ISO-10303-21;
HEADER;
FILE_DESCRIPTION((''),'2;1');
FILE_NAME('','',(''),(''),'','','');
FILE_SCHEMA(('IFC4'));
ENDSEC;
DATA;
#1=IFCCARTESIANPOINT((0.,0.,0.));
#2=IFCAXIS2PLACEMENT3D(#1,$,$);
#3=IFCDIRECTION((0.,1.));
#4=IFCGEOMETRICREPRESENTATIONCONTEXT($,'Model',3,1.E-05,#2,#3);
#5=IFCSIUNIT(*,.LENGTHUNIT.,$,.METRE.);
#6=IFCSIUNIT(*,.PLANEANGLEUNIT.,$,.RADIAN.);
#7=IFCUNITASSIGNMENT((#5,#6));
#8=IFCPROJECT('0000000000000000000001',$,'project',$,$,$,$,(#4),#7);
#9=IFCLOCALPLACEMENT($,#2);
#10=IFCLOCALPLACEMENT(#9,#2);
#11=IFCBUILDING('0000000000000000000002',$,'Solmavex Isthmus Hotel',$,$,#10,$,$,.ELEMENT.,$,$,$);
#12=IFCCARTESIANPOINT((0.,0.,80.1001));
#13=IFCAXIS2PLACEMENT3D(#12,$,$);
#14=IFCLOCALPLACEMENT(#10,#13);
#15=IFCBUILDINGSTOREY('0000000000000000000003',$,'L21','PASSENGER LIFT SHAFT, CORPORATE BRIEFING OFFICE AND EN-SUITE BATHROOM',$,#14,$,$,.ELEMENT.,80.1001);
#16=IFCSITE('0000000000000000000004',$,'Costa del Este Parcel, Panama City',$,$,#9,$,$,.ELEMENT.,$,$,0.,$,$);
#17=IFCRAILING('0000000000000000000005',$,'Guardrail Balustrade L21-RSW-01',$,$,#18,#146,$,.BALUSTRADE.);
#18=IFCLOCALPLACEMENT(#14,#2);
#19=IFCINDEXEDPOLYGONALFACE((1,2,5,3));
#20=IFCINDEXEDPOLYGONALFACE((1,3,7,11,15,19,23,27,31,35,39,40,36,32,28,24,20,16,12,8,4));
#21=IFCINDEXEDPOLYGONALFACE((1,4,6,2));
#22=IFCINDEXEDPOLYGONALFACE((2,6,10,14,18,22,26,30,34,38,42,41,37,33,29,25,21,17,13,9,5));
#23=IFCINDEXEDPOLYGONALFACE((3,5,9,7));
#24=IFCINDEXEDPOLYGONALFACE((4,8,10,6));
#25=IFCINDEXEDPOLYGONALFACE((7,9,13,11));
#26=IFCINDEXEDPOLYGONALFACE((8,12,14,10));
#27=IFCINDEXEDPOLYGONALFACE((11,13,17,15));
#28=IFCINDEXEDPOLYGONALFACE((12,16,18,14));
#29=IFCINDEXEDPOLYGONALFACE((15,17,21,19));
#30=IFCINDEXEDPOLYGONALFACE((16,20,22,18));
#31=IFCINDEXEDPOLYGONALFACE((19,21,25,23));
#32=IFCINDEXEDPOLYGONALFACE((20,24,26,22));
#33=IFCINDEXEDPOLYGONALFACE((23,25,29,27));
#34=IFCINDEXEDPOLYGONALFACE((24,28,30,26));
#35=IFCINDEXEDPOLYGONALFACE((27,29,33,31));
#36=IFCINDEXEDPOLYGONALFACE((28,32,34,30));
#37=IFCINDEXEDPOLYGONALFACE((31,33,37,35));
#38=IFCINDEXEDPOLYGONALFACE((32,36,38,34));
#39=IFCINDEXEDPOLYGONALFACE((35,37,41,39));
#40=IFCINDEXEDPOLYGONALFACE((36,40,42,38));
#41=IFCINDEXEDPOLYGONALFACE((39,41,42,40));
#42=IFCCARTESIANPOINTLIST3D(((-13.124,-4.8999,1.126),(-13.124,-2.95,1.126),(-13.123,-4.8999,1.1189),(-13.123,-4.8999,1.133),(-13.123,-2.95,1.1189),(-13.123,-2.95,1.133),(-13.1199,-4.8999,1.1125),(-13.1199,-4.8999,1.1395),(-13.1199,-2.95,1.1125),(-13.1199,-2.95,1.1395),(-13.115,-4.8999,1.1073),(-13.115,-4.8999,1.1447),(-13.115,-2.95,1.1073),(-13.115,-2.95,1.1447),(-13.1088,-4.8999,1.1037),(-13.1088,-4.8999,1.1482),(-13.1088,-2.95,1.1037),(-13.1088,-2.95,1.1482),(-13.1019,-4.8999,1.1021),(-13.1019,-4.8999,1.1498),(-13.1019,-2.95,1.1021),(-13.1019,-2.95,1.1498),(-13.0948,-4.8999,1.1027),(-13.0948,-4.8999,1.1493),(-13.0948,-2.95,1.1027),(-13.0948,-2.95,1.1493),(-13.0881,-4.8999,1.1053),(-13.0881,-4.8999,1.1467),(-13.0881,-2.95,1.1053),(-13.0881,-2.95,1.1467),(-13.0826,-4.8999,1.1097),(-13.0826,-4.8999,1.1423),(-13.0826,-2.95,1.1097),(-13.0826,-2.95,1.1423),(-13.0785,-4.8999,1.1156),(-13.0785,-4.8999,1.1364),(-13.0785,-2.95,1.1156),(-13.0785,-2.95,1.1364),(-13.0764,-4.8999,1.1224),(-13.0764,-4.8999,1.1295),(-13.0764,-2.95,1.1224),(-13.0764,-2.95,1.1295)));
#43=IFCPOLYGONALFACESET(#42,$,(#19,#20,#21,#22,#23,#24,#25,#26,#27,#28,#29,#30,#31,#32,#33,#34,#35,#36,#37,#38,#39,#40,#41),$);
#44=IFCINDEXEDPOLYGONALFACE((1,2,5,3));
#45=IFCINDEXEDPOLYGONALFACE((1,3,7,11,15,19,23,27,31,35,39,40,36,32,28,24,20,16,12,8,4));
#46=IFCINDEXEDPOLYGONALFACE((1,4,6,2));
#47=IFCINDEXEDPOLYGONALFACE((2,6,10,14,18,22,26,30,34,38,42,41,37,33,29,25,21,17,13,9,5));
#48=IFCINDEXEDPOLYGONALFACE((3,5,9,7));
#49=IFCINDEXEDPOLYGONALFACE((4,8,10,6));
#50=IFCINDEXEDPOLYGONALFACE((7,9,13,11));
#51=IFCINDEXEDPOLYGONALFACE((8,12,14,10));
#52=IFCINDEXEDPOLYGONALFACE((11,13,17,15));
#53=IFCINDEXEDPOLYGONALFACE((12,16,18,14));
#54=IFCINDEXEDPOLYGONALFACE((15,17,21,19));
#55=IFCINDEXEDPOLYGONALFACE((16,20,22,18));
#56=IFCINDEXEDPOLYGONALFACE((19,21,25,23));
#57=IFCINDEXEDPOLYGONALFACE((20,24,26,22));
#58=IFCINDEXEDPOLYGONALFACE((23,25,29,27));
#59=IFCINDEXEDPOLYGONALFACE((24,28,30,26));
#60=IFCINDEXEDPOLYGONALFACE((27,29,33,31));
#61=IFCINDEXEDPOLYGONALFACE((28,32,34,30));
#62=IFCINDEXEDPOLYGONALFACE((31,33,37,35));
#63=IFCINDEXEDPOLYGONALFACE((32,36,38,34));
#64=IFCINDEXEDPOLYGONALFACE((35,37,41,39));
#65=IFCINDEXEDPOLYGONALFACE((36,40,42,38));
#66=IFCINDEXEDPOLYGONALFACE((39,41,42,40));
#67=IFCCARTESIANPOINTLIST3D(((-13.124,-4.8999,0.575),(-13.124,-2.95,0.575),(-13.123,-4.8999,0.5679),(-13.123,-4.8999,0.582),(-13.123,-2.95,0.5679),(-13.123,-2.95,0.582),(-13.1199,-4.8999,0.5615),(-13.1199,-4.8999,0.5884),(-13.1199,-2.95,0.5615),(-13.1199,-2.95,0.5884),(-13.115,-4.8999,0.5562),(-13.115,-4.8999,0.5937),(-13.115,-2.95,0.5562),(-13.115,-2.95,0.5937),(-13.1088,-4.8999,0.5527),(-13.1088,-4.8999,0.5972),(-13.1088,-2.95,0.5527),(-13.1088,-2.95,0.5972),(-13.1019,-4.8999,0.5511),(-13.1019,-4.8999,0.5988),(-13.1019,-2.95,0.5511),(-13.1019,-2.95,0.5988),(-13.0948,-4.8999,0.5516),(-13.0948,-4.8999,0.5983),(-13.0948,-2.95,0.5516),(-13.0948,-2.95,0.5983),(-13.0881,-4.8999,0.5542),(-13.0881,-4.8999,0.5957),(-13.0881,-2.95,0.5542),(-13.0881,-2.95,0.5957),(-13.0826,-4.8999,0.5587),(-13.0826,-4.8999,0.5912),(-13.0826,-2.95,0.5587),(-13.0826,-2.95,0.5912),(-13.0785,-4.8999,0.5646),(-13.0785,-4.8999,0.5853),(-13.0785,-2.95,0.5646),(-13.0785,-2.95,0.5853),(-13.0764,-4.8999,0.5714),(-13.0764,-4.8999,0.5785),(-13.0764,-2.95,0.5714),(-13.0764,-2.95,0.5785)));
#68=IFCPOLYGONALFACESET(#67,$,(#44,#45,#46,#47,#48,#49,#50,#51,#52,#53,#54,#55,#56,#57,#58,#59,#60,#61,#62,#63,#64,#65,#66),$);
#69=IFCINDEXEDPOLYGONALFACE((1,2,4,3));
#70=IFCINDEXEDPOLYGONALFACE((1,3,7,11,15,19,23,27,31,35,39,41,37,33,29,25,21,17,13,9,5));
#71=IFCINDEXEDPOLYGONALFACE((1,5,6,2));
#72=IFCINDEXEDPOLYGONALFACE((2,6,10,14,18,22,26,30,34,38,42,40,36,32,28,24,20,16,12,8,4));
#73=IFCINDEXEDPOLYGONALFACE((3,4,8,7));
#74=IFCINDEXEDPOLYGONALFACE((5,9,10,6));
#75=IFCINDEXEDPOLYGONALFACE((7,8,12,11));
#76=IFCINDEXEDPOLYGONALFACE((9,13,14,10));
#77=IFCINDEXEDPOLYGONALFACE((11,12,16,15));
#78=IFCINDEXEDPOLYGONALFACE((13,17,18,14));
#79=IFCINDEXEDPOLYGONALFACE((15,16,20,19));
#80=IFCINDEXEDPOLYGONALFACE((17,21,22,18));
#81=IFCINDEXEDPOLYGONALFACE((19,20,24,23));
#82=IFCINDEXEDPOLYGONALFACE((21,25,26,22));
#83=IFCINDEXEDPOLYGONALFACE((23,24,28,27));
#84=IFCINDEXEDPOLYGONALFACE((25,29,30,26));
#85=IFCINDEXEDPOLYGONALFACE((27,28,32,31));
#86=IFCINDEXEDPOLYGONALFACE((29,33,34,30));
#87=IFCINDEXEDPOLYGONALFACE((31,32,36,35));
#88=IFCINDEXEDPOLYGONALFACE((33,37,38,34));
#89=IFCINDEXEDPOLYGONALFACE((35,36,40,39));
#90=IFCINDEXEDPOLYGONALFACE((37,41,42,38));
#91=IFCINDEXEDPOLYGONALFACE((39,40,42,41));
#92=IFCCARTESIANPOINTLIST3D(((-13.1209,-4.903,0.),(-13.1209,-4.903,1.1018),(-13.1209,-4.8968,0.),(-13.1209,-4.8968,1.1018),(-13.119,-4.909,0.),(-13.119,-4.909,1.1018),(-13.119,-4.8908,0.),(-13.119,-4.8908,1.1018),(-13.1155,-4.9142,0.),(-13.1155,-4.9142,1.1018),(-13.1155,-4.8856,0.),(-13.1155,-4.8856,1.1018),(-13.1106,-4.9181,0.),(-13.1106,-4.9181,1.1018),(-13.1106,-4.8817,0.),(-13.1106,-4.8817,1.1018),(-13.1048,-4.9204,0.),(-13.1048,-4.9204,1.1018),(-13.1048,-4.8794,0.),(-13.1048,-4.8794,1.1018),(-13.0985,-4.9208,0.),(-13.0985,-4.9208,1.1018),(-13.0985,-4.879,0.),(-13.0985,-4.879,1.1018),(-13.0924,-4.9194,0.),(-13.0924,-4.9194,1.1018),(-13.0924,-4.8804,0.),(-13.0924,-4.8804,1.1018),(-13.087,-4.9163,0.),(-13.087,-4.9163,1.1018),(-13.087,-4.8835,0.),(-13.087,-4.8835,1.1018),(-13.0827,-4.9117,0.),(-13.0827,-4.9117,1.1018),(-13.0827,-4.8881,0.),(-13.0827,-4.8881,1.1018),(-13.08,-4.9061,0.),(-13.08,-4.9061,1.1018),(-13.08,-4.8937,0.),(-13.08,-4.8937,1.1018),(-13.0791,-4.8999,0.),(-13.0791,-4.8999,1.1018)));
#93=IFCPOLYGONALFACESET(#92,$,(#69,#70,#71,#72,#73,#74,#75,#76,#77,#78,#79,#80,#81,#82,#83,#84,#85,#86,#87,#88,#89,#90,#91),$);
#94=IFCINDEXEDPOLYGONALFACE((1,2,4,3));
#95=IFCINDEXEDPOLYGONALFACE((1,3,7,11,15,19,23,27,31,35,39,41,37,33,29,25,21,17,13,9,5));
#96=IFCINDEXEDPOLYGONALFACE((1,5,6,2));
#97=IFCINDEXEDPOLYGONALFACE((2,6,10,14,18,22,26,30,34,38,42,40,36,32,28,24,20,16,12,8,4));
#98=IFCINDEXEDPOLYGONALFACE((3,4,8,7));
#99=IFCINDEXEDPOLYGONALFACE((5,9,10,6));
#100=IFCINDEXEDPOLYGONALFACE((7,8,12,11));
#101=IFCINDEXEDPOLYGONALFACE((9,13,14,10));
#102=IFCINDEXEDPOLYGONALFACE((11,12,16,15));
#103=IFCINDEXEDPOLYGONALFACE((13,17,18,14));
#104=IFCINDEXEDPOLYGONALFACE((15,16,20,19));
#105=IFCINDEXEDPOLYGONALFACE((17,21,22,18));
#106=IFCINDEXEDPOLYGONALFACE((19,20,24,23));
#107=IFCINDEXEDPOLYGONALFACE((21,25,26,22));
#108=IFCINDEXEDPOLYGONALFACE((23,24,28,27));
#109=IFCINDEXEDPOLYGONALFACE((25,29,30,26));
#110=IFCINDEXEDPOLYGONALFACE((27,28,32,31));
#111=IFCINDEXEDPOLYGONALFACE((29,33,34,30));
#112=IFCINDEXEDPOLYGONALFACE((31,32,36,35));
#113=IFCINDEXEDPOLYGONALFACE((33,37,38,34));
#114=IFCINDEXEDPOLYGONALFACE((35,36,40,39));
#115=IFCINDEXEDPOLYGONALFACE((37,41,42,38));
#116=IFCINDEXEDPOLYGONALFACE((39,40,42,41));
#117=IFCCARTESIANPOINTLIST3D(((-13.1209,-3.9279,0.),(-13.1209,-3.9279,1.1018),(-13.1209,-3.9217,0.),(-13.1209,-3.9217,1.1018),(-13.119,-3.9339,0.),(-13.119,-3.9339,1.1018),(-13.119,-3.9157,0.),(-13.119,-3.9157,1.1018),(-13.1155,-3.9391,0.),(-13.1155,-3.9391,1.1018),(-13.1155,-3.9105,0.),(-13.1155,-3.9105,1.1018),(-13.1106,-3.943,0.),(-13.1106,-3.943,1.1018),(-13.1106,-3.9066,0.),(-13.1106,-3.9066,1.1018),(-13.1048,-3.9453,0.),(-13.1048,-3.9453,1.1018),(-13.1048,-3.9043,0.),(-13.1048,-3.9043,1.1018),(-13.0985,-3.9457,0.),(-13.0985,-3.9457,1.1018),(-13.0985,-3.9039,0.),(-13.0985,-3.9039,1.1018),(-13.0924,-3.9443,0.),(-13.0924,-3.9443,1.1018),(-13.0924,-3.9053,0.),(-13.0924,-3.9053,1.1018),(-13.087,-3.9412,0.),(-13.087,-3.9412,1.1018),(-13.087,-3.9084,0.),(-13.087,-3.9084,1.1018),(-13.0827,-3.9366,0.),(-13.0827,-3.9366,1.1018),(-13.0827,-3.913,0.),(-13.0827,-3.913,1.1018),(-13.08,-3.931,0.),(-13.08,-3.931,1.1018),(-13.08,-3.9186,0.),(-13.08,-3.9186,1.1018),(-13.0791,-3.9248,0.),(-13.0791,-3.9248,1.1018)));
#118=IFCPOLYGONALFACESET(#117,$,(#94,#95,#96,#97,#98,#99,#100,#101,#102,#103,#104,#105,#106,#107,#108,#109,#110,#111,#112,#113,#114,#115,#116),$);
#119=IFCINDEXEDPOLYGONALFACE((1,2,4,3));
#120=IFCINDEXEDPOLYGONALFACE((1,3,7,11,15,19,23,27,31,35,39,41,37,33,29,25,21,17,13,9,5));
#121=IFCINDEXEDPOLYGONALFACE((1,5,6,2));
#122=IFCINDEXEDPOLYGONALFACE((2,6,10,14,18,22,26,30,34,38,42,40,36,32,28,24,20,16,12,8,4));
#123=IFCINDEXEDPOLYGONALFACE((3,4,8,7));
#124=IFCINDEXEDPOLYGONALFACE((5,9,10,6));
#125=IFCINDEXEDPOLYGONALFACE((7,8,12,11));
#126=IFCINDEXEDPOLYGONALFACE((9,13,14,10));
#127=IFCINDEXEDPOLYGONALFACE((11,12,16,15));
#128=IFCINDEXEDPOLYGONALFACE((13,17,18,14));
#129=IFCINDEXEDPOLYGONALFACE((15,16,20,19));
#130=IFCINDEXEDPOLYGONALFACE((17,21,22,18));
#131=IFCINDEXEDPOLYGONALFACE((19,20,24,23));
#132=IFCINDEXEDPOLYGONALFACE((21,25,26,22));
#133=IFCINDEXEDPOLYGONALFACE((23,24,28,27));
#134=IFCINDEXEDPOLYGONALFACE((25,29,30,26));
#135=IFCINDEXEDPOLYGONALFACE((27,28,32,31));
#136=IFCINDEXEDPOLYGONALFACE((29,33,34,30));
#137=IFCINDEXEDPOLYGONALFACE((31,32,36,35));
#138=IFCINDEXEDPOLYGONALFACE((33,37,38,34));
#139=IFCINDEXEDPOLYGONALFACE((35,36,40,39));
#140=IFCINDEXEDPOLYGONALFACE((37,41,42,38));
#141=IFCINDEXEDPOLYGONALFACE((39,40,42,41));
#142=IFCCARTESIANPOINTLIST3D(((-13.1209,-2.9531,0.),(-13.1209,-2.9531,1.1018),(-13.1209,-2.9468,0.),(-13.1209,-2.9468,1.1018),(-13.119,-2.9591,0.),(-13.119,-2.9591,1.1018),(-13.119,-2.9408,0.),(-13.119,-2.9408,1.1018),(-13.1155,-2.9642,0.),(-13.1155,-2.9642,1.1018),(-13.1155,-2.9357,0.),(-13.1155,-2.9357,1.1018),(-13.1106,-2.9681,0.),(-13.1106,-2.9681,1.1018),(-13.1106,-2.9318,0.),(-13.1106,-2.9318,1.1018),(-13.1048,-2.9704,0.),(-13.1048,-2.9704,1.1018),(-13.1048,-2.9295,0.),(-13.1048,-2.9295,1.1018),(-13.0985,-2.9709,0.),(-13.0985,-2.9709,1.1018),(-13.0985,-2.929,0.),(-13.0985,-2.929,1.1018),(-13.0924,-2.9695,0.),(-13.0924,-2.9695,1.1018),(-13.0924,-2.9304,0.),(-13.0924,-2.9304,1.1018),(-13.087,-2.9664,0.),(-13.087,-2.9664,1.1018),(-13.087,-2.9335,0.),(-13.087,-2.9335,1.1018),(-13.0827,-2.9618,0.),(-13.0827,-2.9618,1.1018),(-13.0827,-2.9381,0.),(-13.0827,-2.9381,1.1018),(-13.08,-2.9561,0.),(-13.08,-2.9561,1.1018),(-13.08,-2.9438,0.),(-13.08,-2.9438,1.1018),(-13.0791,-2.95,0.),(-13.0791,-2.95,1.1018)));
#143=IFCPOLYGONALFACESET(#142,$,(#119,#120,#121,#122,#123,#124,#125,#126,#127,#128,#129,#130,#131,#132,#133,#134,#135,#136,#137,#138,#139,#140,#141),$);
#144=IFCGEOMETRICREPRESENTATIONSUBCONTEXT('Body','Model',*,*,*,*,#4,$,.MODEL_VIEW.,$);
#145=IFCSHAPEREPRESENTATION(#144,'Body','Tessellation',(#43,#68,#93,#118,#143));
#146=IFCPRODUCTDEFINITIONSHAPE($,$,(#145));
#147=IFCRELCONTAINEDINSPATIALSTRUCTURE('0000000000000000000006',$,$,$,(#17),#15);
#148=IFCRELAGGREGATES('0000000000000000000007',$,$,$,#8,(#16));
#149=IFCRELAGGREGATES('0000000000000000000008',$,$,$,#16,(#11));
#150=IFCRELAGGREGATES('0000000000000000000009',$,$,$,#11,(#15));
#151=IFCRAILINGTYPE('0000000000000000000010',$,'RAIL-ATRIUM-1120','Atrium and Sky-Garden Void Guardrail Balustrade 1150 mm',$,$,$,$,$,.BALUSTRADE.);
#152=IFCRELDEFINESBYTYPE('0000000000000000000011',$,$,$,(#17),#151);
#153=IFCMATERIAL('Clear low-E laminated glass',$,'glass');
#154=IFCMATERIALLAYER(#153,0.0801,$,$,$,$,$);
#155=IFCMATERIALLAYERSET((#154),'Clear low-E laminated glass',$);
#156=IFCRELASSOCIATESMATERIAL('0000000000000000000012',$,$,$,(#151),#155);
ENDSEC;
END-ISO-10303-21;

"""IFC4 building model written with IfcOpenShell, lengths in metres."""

from ifc_helpers import new_model, si_unit, direction, frame, origin, origin_2d, place, context, subcontext, project, spatial, circle, extrude, material, layer, layer_set, type_object, element, save


model = new_model("IFC4")

# Units and contexts
model_context = context("Model", 3, precision=1e-05, world=origin(), true_north=direction((0.0, 1.0)))
body_context = subcontext(model_context, "Body", "Model", "MODEL_VIEW")
ifc_project = project(units=[si_unit("LENGTHUNIT", "METRE"), si_unit("PLANEANGLEUNIT", "RADIAN")], contexts=[model_context])

# Site, building, storey
site_placement = place(None, origin())
site = spatial("IfcSite", under=ifc_project, at=site_placement, Name="Costa del Este Parcel, Panama City", CompositionType="ELEMENT", RefElevation=0.0)
building_placement = place(site_placement, origin())
building = spatial("IfcBuilding", under=site, at=building_placement, Name="Solmavex Isthmus Hotel", CompositionType="ELEMENT")
storey_placement = place(building_placement, frame((0.0, 0.0, 80.1001)))
storey = spatial("IfcBuildingStorey", under=building, at=storey_placement, Name="L21", Description="PASSENGER LIFT SHAFT, CORPORATE BRIEFING OFFICE AND EN-SUITE BATHROOM", CompositionType="ELEMENT", Elevation=80.1001)

# Shared definitions
ifc_material_1 = material(Name="Clear low-E laminated glass", Category="glass")

# Railing
ifc_layer_1 = layer(ifc_material_1, 0.0801)
ifc_layer_set_1 = layer_set([ifc_layer_1], Name="Clear low-E laminated glass")
railing_type_1 = type_object("IfcRailingType", Name="RAIL-ATRIUM-1120", Description="Atrium and Sky-Garden Void Guardrail Balustrade 1150 mm", PredefinedType="BALUSTRADE", material=ifc_layer_set_1)
railing_1_placement = place(storey_placement, frame((-13.1001, -4.8999, 0.0)))
element("IfcRailing", 1, at=railing_1_placement, inside=storey, type_object=railing_type_1, Name="Guardrail Balustrade L21-RSW-01", PredefinedType="BALUSTRADE", context=body_context, shape_type="SweptSolid", body=[
    extrude(circle(Radius=0.0239, at=origin_2d()), frame((0.0, 0.0, 1.126), z_axis=(0.0, 1.0, 0.0), x_axis=(-1.0, 0.0, 0.0)), (0.0, 0.0, 1.0), 1.95),
    extrude(circle(Radius=0.0239, at=origin_2d()), frame((0.0, 0.0, 0.575), z_axis=(0.0, 1.0, 0.0), x_axis=(-1.0, 0.0, 0.0)), (0.0, 0.0, 1.0), 1.95),
    extrude(circle(Radius=0.021, at=origin_2d()), origin(), (0.0, 0.0, 1.0), 1.1018),
    extrude(circle(Radius=0.021, at=origin_2d()), frame((0.0, 0.9751, 0.0)), (0.0, 0.0, 1.0), 1.1018),
    extrude(circle(Radius=0.021, at=origin_2d()), frame((0.0, 1.95, 0.0)), (0.0, 0.0, 1.0), 1.1018),
])

save(model, "model.ifc")
